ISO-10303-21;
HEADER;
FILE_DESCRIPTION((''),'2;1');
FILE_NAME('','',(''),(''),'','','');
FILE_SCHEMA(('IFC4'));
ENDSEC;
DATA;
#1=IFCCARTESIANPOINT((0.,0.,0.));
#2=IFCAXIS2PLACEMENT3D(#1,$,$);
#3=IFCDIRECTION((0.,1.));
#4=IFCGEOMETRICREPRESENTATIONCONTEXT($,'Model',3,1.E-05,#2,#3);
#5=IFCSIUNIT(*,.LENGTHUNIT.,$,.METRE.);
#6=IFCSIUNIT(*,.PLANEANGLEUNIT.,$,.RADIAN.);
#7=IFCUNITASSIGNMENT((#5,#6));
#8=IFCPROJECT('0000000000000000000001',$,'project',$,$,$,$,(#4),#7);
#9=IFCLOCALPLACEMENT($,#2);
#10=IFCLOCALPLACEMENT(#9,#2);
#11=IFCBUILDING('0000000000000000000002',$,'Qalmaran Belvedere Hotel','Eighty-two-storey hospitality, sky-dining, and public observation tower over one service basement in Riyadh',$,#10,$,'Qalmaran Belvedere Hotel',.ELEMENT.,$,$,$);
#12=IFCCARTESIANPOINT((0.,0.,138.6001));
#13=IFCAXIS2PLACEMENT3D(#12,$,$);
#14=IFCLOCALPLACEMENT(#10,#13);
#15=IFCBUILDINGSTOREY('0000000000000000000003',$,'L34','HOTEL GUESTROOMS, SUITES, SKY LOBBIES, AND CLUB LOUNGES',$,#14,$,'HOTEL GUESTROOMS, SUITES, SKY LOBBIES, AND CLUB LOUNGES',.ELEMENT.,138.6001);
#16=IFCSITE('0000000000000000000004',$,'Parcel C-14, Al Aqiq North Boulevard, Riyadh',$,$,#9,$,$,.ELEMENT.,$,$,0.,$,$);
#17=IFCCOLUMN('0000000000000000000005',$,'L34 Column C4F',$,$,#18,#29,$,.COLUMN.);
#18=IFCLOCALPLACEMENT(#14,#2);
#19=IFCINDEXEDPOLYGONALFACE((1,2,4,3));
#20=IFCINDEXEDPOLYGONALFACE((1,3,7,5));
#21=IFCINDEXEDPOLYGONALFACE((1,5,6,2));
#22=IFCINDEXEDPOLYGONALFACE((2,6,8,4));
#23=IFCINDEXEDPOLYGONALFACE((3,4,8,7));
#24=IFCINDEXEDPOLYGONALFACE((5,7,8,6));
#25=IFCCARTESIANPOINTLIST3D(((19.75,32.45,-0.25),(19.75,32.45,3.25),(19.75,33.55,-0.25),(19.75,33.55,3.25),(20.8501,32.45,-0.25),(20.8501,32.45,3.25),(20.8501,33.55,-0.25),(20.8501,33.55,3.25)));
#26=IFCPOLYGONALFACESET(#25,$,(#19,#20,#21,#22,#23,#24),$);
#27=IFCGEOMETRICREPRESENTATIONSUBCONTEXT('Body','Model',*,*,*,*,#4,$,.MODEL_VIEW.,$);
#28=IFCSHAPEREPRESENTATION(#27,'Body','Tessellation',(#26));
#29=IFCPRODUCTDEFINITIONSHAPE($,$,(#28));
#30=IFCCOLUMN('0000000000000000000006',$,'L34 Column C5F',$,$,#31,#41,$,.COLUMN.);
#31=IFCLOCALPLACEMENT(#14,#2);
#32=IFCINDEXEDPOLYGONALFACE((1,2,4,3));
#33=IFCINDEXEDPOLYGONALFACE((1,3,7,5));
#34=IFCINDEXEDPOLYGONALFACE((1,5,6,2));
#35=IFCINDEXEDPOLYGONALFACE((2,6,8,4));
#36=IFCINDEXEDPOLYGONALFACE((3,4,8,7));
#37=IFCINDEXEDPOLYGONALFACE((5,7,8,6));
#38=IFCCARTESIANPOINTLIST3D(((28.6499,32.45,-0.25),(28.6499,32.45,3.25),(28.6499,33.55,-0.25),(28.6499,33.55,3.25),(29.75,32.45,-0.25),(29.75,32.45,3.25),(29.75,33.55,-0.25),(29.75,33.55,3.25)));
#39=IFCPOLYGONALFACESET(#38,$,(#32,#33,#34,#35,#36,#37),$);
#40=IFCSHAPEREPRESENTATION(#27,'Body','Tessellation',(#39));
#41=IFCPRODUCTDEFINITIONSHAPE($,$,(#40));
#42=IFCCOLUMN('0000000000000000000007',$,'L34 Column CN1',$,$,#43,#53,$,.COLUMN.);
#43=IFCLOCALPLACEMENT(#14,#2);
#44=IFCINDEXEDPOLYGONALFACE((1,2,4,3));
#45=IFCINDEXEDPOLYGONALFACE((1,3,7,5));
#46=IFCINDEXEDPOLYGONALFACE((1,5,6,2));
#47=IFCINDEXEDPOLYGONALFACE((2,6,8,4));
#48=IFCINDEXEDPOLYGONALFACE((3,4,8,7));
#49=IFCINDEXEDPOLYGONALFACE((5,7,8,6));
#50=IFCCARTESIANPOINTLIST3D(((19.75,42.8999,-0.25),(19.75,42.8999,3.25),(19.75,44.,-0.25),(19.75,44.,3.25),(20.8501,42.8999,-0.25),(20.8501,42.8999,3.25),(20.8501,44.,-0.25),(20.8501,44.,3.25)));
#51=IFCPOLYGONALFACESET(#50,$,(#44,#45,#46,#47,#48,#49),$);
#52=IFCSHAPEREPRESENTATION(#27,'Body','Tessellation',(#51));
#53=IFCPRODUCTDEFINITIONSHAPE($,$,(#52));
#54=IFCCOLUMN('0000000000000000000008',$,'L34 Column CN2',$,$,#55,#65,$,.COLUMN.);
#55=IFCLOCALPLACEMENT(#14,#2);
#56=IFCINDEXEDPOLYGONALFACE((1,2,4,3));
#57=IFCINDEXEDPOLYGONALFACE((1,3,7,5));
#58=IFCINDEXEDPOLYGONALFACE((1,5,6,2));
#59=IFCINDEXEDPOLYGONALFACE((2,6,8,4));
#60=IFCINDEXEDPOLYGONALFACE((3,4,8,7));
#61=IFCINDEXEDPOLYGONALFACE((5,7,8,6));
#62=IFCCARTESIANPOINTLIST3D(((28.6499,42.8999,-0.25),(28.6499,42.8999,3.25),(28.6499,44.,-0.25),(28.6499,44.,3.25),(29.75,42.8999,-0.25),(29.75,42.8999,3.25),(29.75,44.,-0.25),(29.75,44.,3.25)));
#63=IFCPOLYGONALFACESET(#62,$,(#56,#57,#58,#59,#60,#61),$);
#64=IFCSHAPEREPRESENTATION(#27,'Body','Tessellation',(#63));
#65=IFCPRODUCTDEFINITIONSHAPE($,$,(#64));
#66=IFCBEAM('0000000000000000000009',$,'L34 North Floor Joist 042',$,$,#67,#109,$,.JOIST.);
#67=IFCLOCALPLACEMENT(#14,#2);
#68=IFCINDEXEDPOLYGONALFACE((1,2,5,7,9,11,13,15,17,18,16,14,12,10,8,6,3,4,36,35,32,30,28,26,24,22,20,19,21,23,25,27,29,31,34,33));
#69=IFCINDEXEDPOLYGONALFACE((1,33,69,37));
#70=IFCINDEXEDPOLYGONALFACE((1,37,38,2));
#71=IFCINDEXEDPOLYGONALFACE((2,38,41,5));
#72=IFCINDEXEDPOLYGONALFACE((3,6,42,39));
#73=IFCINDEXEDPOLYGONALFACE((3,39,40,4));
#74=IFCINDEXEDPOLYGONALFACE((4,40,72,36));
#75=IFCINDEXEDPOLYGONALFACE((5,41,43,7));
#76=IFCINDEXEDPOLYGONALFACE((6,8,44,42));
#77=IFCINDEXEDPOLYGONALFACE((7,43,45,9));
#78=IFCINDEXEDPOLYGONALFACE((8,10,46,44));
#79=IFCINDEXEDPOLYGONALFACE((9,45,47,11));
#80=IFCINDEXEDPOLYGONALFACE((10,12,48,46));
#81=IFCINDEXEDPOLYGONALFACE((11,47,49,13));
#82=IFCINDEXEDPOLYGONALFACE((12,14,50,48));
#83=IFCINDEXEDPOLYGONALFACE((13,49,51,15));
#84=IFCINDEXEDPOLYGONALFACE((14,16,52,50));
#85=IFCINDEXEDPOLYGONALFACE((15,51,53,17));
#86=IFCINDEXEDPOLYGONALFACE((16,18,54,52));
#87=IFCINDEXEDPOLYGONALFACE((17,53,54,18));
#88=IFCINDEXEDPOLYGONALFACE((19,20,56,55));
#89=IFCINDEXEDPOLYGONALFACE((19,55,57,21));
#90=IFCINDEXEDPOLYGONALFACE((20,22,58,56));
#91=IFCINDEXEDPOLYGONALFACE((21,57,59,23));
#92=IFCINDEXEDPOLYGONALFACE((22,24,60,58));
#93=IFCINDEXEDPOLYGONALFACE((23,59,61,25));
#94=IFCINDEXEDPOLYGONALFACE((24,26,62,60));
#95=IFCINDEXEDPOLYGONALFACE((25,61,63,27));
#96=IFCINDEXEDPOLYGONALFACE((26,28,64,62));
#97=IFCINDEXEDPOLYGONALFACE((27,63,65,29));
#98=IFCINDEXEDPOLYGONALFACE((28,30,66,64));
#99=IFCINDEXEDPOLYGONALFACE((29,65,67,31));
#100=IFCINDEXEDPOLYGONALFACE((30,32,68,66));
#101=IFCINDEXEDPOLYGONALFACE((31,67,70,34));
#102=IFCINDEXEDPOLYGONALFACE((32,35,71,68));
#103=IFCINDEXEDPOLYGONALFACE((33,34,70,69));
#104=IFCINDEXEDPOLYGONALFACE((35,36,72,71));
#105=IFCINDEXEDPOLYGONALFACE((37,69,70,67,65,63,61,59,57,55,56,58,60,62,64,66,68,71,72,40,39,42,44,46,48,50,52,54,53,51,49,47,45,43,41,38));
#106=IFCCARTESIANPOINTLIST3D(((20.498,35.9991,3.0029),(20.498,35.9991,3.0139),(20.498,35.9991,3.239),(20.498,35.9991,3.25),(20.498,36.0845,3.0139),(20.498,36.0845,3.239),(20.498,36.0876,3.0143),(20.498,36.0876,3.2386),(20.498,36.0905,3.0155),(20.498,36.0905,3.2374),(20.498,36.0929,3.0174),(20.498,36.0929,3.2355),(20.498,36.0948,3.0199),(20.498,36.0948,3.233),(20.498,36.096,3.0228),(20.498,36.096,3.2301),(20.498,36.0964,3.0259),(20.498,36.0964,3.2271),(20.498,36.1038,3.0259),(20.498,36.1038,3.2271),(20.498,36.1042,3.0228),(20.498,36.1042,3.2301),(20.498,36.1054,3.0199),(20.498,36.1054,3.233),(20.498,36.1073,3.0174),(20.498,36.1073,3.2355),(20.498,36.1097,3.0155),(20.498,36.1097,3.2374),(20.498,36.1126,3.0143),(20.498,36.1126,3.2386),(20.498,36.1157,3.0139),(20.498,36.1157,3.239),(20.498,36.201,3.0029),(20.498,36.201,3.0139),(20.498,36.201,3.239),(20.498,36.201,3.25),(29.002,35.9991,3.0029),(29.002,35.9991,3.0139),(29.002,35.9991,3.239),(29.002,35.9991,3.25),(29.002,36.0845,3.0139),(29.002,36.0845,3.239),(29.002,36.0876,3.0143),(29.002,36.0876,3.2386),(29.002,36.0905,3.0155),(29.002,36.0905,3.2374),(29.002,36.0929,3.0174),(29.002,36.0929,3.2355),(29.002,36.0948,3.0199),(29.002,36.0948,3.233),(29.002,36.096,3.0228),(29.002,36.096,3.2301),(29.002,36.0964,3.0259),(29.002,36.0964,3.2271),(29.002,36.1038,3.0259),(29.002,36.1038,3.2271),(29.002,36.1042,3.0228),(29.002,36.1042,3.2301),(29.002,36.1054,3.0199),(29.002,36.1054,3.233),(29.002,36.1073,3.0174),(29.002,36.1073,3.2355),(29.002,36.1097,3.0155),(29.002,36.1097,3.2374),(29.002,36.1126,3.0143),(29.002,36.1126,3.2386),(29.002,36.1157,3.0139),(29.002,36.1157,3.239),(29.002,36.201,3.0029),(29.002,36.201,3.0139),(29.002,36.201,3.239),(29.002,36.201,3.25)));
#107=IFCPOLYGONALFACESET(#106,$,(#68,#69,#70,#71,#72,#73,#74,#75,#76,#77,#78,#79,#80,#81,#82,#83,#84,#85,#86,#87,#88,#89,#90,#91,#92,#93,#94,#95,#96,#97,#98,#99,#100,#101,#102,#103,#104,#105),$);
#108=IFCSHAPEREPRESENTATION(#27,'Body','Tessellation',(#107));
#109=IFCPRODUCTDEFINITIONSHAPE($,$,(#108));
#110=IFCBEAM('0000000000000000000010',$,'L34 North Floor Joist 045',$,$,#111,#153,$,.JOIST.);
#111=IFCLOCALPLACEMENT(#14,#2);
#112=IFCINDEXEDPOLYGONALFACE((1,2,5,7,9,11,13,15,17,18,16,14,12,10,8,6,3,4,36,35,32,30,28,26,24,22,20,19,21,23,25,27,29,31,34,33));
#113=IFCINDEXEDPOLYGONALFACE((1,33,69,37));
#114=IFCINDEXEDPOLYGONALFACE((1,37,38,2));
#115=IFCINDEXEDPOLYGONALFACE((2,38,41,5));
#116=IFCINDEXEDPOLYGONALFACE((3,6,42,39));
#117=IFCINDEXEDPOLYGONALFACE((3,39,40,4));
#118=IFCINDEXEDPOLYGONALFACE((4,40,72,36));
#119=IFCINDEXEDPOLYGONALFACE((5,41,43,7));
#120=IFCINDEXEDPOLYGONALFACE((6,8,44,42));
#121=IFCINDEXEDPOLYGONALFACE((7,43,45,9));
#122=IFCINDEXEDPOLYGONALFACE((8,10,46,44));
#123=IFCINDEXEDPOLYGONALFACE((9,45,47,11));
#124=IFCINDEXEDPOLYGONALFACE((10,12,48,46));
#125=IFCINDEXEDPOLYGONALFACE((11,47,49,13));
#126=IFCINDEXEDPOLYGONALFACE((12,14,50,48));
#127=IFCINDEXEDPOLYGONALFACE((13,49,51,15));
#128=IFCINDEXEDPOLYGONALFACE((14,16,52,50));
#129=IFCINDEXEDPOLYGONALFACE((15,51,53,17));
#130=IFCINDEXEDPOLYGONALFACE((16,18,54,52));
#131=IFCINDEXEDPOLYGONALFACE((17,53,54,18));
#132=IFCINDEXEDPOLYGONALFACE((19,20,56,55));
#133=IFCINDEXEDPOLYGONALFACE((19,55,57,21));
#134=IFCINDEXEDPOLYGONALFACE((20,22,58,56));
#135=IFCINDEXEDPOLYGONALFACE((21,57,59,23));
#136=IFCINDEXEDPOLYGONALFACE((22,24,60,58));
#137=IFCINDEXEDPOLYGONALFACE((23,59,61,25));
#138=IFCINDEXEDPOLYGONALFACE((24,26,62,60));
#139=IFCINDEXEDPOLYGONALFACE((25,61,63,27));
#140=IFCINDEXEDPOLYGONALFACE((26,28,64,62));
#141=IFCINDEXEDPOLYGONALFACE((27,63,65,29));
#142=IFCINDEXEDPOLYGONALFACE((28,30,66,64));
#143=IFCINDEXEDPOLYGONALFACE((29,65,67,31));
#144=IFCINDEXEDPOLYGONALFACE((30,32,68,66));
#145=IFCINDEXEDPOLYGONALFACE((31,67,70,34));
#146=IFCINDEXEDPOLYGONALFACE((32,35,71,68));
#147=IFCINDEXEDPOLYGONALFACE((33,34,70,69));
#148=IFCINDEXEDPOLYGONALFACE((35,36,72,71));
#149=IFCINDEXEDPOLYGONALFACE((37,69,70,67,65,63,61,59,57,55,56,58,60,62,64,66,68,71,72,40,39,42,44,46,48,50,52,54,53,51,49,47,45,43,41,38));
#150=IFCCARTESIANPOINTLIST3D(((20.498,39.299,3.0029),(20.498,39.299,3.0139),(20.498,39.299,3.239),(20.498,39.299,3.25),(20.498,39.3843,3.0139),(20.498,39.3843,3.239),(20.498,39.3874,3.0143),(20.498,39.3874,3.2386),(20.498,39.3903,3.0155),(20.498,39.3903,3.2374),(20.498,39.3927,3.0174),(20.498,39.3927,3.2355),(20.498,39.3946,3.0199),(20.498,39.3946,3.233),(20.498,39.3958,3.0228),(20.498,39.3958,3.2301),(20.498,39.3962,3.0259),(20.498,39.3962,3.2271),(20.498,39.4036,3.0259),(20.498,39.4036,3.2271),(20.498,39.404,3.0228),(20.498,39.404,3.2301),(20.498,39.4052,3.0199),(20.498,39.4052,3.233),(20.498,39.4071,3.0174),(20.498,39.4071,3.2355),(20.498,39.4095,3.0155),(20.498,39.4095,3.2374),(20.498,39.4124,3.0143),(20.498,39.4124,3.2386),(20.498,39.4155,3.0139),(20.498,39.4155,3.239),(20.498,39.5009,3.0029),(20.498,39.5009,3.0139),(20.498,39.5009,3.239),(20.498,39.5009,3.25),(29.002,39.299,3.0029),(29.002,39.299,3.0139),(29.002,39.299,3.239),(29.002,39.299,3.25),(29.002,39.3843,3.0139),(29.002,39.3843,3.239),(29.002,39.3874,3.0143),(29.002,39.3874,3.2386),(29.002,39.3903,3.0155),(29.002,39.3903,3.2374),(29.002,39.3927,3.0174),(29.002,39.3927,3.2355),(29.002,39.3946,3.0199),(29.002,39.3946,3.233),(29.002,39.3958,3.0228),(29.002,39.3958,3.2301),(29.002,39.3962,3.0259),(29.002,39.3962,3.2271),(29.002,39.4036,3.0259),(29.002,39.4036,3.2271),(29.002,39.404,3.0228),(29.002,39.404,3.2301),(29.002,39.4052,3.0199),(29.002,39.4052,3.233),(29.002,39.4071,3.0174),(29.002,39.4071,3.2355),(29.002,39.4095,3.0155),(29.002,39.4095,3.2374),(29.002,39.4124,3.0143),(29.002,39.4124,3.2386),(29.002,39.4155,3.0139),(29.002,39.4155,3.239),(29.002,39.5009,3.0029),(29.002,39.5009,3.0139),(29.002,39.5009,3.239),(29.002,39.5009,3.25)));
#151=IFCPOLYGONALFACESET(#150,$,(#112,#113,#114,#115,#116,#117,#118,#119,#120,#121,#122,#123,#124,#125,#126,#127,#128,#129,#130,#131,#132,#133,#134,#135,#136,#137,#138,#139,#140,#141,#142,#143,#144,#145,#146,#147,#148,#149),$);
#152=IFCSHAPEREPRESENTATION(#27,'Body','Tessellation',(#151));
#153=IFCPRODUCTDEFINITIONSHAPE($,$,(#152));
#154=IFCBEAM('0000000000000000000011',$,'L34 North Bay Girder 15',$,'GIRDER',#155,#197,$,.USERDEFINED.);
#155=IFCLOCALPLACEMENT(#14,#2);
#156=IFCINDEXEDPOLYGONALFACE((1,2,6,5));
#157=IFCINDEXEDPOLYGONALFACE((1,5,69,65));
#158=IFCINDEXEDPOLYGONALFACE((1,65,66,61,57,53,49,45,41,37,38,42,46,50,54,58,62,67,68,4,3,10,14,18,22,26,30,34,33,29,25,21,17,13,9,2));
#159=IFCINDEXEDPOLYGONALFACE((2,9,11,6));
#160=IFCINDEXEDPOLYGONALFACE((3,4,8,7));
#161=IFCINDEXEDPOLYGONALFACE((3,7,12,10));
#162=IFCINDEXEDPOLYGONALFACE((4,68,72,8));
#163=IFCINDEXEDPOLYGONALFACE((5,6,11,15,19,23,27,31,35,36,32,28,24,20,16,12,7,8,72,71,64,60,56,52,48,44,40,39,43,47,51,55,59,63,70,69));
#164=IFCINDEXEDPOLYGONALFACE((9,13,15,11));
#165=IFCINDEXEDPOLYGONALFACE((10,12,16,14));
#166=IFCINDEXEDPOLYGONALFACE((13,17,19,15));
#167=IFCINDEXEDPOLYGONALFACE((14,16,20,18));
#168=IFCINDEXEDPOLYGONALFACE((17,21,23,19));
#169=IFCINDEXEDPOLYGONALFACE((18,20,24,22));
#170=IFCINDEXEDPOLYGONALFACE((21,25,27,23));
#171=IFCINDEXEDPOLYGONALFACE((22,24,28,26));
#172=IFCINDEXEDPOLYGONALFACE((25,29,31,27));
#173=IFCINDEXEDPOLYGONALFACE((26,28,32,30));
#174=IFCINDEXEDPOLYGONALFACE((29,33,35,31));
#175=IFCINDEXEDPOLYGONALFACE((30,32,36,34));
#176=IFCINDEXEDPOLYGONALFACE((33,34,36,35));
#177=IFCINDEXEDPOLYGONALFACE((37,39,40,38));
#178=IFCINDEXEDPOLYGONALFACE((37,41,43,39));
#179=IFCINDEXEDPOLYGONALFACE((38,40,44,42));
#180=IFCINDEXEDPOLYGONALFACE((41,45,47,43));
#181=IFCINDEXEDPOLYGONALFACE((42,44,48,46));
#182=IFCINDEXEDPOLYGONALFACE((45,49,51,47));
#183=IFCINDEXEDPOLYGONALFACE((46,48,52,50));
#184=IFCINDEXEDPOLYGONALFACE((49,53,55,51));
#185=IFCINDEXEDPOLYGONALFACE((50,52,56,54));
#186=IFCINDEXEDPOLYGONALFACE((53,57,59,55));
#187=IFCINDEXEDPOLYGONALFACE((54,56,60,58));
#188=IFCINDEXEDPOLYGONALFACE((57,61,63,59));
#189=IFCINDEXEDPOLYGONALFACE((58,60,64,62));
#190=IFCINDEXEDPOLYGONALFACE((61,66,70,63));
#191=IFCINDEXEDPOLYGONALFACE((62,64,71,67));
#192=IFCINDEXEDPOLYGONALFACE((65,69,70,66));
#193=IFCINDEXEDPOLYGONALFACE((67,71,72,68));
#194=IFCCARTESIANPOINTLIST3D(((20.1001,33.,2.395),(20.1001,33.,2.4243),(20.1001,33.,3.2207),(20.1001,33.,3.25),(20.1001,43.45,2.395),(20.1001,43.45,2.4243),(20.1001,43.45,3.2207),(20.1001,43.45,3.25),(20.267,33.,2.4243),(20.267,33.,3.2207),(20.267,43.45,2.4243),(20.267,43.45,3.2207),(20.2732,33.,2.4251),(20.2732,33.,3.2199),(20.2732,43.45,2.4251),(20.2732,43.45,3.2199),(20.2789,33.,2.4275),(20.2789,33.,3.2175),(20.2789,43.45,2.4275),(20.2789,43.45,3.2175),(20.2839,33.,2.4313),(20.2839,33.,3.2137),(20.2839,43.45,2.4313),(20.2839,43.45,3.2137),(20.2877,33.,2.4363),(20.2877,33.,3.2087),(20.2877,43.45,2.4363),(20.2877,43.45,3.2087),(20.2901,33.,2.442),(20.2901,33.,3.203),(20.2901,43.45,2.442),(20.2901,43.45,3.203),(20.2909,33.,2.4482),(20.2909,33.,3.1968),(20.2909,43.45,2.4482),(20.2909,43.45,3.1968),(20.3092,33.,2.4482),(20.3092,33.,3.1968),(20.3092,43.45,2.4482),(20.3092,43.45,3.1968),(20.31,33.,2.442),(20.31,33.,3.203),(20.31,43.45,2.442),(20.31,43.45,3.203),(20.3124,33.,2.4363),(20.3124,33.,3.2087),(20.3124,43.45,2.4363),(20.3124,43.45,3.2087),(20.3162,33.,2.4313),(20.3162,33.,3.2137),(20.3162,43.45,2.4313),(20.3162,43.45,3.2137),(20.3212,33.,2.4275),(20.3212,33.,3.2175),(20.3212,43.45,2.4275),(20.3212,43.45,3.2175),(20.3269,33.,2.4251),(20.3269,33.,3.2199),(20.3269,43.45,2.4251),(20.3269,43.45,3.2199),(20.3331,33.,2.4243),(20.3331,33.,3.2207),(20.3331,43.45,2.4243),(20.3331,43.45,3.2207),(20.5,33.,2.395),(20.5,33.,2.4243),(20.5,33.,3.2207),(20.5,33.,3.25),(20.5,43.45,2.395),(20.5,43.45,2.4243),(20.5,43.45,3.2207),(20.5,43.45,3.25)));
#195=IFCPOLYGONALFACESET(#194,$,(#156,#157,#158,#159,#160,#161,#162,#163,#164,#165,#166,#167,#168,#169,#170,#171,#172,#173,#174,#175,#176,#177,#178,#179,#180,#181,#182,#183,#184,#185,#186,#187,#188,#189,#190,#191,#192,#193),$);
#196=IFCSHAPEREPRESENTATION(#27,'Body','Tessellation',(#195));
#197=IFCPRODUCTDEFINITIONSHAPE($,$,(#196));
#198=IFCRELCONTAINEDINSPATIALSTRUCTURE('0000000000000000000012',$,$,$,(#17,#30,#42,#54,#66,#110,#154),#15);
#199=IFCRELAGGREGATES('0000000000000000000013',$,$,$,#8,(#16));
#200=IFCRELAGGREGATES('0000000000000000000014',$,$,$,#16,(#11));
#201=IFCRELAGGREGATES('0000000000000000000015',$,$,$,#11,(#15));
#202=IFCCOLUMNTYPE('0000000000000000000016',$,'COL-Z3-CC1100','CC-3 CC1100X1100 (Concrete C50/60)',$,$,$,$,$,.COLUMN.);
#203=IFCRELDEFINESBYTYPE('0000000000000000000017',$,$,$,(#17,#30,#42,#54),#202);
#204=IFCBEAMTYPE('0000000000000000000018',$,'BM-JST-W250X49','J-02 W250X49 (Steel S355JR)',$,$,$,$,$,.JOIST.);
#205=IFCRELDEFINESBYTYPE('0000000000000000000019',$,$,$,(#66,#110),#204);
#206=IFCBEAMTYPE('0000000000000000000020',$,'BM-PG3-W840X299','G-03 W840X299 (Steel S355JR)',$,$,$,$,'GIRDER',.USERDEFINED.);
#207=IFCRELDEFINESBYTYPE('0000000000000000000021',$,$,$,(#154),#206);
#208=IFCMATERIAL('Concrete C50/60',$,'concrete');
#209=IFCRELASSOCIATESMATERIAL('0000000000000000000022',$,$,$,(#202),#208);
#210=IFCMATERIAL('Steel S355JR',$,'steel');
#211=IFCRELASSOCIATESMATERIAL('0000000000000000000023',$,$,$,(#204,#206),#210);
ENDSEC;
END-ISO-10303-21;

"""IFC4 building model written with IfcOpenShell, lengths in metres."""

from ifc_helpers import new_model, si_unit, direction, frame, origin, origin_2d, place, context, subcontext, project, spatial, rectangle, i_section, extrude, material, material_profile, profile_set, type_object, element, save


model = new_model("IFC4")

# Units and contexts
model_context = context("Model", 3, precision=1e-05, world=origin(), true_north=direction((0.0, 1.0)))
body_context = subcontext(model_context, "Body", "Model", "MODEL_VIEW")
ifc_project = project(units=[si_unit("LENGTHUNIT", "METRE"), si_unit("PLANEANGLEUNIT", "RADIAN")], contexts=[model_context])

# Site, building, storey
site_placement = place(None, origin())
site = spatial("IfcSite", under=ifc_project, at=site_placement, Name="Parcel C-14, Al Aqiq North Boulevard, Riyadh", CompositionType="ELEMENT", RefElevation=0.0)
building_placement = place(site_placement, origin())
building = spatial("IfcBuilding", under=site, at=building_placement, Name="Qalmaran Belvedere Hotel", Description="Eighty-two-storey hospitality, sky-dining, and public observation tower over one service basement in Riyadh", LongName="Qalmaran Belvedere Hotel", CompositionType="ELEMENT")
storey_placement = place(building_placement, frame((0.0, 0.0, 138.6001)))
storey = spatial("IfcBuildingStorey", under=building, at=storey_placement, Name="L34", Description="HOTEL GUESTROOMS, SUITES, SKY LOBBIES, AND CLUB LOUNGES", LongName="HOTEL GUESTROOMS, SUITES, SKY LOBBIES, AND CLUB LOUNGES", CompositionType="ELEMENT", Elevation=138.6001)

# Columns
ifc_material_1 = material(Name="Concrete C50/60", Category="concrete")
ifc_material_profile_1 = material_profile(ifc_material_1, rectangle(XDim=1.1001, YDim=1.1001, at=origin_2d()), Name="CC1100X1100")
ifc_profile_set_1 = profile_set([ifc_material_profile_1], Name="Concrete C50/60")
column_type = type_object("IfcColumnType", Name="COL-Z3-CC1100", Description="CC-3 CC1100X1100 (Concrete C50/60)", PredefinedType="COLUMN", material=ifc_profile_set_1)
for number, where, z_axis, x_axis, name in (
    (1, (20.3, 33.0, -0.25), (0.0, 0.0, 1.0), (1.0, 0.0, 0.0), "L34 Column C4F"),
    (2, (29.2, 33.0, -0.25), (0.0, 0.0, 1.0), (1.0, 0.0, 0.0), "L34 Column C5F"),
    (3, (20.3, 43.45, -0.25), (0.0, 0.0, 1.0), (1.0, 0.0, 0.0), "L34 Column CN1"),
    (4, (29.2, 43.45, -0.25), (0.0, 0.0, 1.0), (1.0, 0.0, 0.0), "L34 Column CN2"),
):
    element("IfcColumn", number, at=place(storey_placement, frame(where, z_axis=z_axis, x_axis=x_axis)), inside=storey, type_object=column_type, Name=name, PredefinedType="COLUMN", context=body_context, shape_type="SweptSolid", body=[
        extrude(rectangle(XDim=1.1001, YDim=1.1001, at=origin_2d()), origin(), (0.0, 0.0, 1.0), 3.5),
    ])

# Beams
ifc_material_2 = material(Name="Steel S355JR", Category="steel")
ifc_material_profile_2 = material_profile(ifc_material_2, i_section(OverallWidth=0.2019, OverallDepth=0.2471, WebThickness=0.0073, FlangeThickness=0.011, FilletRadius=0.012, at=origin_2d()), Name="W250X49")
ifc_profile_set_2 = profile_set([ifc_material_profile_2], Name="Steel S355JR")
beam_type_1 = type_object("IfcBeamType", Name="BM-JST-W250X49", Description="J-02 W250X49 (Steel S355JR)", PredefinedType="JOIST", material=ifc_profile_set_2)
for number, where, z_axis, x_axis, name in (
    (5, (20.498, 36.1001, 3.1265), (1.0, 0.0, 0.0), (0.0, 1.0, 0.0), "L34 North Floor Joist 042"),
    (6, (20.498, 39.3999, 3.1265), (1.0, 0.0, 0.0), (0.0, 1.0, 0.0), "L34 North Floor Joist 045"),
):
    element("IfcBeam", number, at=place(storey_placement, frame(where, z_axis=z_axis, x_axis=x_axis)), inside=storey, type_object=beam_type_1, Name=name, PredefinedType="JOIST", context=body_context, shape_type="SweptSolid", body=[
        extrude(i_section(OverallWidth=0.2019, OverallDepth=0.2471, WebThickness=0.0073, FlangeThickness=0.011, FilletRadius=0.012, at=origin_2d()), origin(), (0.0, 0.0, 1.0), 8.5039),
    ])
ifc_material_profile_3 = material_profile(ifc_material_2, i_section(OverallWidth=0.3999, OverallDepth=0.855, WebThickness=0.0183, FlangeThickness=0.0293, FilletRadius=0.0239, at=origin_2d()), Name="W840X299")
ifc_profile_set_3 = profile_set([ifc_material_profile_3], Name="Steel S355JR")
beam_type_2 = type_object("IfcBeamType", Name="BM-PG3-W840X299", Description="G-03 W840X299 (Steel S355JR)", ElementType="GIRDER", PredefinedType="USERDEFINED", material=ifc_profile_set_3)
beam_1_placement = place(storey_placement, frame((20.3, 33.0, 2.8225), z_axis=(0.0, 1.0, 0.0), x_axis=(-1.0, 0.0, 0.0)))
element("IfcBeam", 7, at=beam_1_placement, inside=storey, type_object=beam_type_2, Name="L34 North Bay Girder 15", ObjectType="GIRDER", PredefinedType="USERDEFINED", context=body_context, shape_type="SweptSolid", body=[
    extrude(i_section(OverallWidth=0.3999, OverallDepth=0.855, WebThickness=0.0183, FlangeThickness=0.0293, FilletRadius=0.0239, at=origin_2d()), origin(), (0.0, 0.0, 1.0), 10.45),
])

save(model, "model.ifc")
